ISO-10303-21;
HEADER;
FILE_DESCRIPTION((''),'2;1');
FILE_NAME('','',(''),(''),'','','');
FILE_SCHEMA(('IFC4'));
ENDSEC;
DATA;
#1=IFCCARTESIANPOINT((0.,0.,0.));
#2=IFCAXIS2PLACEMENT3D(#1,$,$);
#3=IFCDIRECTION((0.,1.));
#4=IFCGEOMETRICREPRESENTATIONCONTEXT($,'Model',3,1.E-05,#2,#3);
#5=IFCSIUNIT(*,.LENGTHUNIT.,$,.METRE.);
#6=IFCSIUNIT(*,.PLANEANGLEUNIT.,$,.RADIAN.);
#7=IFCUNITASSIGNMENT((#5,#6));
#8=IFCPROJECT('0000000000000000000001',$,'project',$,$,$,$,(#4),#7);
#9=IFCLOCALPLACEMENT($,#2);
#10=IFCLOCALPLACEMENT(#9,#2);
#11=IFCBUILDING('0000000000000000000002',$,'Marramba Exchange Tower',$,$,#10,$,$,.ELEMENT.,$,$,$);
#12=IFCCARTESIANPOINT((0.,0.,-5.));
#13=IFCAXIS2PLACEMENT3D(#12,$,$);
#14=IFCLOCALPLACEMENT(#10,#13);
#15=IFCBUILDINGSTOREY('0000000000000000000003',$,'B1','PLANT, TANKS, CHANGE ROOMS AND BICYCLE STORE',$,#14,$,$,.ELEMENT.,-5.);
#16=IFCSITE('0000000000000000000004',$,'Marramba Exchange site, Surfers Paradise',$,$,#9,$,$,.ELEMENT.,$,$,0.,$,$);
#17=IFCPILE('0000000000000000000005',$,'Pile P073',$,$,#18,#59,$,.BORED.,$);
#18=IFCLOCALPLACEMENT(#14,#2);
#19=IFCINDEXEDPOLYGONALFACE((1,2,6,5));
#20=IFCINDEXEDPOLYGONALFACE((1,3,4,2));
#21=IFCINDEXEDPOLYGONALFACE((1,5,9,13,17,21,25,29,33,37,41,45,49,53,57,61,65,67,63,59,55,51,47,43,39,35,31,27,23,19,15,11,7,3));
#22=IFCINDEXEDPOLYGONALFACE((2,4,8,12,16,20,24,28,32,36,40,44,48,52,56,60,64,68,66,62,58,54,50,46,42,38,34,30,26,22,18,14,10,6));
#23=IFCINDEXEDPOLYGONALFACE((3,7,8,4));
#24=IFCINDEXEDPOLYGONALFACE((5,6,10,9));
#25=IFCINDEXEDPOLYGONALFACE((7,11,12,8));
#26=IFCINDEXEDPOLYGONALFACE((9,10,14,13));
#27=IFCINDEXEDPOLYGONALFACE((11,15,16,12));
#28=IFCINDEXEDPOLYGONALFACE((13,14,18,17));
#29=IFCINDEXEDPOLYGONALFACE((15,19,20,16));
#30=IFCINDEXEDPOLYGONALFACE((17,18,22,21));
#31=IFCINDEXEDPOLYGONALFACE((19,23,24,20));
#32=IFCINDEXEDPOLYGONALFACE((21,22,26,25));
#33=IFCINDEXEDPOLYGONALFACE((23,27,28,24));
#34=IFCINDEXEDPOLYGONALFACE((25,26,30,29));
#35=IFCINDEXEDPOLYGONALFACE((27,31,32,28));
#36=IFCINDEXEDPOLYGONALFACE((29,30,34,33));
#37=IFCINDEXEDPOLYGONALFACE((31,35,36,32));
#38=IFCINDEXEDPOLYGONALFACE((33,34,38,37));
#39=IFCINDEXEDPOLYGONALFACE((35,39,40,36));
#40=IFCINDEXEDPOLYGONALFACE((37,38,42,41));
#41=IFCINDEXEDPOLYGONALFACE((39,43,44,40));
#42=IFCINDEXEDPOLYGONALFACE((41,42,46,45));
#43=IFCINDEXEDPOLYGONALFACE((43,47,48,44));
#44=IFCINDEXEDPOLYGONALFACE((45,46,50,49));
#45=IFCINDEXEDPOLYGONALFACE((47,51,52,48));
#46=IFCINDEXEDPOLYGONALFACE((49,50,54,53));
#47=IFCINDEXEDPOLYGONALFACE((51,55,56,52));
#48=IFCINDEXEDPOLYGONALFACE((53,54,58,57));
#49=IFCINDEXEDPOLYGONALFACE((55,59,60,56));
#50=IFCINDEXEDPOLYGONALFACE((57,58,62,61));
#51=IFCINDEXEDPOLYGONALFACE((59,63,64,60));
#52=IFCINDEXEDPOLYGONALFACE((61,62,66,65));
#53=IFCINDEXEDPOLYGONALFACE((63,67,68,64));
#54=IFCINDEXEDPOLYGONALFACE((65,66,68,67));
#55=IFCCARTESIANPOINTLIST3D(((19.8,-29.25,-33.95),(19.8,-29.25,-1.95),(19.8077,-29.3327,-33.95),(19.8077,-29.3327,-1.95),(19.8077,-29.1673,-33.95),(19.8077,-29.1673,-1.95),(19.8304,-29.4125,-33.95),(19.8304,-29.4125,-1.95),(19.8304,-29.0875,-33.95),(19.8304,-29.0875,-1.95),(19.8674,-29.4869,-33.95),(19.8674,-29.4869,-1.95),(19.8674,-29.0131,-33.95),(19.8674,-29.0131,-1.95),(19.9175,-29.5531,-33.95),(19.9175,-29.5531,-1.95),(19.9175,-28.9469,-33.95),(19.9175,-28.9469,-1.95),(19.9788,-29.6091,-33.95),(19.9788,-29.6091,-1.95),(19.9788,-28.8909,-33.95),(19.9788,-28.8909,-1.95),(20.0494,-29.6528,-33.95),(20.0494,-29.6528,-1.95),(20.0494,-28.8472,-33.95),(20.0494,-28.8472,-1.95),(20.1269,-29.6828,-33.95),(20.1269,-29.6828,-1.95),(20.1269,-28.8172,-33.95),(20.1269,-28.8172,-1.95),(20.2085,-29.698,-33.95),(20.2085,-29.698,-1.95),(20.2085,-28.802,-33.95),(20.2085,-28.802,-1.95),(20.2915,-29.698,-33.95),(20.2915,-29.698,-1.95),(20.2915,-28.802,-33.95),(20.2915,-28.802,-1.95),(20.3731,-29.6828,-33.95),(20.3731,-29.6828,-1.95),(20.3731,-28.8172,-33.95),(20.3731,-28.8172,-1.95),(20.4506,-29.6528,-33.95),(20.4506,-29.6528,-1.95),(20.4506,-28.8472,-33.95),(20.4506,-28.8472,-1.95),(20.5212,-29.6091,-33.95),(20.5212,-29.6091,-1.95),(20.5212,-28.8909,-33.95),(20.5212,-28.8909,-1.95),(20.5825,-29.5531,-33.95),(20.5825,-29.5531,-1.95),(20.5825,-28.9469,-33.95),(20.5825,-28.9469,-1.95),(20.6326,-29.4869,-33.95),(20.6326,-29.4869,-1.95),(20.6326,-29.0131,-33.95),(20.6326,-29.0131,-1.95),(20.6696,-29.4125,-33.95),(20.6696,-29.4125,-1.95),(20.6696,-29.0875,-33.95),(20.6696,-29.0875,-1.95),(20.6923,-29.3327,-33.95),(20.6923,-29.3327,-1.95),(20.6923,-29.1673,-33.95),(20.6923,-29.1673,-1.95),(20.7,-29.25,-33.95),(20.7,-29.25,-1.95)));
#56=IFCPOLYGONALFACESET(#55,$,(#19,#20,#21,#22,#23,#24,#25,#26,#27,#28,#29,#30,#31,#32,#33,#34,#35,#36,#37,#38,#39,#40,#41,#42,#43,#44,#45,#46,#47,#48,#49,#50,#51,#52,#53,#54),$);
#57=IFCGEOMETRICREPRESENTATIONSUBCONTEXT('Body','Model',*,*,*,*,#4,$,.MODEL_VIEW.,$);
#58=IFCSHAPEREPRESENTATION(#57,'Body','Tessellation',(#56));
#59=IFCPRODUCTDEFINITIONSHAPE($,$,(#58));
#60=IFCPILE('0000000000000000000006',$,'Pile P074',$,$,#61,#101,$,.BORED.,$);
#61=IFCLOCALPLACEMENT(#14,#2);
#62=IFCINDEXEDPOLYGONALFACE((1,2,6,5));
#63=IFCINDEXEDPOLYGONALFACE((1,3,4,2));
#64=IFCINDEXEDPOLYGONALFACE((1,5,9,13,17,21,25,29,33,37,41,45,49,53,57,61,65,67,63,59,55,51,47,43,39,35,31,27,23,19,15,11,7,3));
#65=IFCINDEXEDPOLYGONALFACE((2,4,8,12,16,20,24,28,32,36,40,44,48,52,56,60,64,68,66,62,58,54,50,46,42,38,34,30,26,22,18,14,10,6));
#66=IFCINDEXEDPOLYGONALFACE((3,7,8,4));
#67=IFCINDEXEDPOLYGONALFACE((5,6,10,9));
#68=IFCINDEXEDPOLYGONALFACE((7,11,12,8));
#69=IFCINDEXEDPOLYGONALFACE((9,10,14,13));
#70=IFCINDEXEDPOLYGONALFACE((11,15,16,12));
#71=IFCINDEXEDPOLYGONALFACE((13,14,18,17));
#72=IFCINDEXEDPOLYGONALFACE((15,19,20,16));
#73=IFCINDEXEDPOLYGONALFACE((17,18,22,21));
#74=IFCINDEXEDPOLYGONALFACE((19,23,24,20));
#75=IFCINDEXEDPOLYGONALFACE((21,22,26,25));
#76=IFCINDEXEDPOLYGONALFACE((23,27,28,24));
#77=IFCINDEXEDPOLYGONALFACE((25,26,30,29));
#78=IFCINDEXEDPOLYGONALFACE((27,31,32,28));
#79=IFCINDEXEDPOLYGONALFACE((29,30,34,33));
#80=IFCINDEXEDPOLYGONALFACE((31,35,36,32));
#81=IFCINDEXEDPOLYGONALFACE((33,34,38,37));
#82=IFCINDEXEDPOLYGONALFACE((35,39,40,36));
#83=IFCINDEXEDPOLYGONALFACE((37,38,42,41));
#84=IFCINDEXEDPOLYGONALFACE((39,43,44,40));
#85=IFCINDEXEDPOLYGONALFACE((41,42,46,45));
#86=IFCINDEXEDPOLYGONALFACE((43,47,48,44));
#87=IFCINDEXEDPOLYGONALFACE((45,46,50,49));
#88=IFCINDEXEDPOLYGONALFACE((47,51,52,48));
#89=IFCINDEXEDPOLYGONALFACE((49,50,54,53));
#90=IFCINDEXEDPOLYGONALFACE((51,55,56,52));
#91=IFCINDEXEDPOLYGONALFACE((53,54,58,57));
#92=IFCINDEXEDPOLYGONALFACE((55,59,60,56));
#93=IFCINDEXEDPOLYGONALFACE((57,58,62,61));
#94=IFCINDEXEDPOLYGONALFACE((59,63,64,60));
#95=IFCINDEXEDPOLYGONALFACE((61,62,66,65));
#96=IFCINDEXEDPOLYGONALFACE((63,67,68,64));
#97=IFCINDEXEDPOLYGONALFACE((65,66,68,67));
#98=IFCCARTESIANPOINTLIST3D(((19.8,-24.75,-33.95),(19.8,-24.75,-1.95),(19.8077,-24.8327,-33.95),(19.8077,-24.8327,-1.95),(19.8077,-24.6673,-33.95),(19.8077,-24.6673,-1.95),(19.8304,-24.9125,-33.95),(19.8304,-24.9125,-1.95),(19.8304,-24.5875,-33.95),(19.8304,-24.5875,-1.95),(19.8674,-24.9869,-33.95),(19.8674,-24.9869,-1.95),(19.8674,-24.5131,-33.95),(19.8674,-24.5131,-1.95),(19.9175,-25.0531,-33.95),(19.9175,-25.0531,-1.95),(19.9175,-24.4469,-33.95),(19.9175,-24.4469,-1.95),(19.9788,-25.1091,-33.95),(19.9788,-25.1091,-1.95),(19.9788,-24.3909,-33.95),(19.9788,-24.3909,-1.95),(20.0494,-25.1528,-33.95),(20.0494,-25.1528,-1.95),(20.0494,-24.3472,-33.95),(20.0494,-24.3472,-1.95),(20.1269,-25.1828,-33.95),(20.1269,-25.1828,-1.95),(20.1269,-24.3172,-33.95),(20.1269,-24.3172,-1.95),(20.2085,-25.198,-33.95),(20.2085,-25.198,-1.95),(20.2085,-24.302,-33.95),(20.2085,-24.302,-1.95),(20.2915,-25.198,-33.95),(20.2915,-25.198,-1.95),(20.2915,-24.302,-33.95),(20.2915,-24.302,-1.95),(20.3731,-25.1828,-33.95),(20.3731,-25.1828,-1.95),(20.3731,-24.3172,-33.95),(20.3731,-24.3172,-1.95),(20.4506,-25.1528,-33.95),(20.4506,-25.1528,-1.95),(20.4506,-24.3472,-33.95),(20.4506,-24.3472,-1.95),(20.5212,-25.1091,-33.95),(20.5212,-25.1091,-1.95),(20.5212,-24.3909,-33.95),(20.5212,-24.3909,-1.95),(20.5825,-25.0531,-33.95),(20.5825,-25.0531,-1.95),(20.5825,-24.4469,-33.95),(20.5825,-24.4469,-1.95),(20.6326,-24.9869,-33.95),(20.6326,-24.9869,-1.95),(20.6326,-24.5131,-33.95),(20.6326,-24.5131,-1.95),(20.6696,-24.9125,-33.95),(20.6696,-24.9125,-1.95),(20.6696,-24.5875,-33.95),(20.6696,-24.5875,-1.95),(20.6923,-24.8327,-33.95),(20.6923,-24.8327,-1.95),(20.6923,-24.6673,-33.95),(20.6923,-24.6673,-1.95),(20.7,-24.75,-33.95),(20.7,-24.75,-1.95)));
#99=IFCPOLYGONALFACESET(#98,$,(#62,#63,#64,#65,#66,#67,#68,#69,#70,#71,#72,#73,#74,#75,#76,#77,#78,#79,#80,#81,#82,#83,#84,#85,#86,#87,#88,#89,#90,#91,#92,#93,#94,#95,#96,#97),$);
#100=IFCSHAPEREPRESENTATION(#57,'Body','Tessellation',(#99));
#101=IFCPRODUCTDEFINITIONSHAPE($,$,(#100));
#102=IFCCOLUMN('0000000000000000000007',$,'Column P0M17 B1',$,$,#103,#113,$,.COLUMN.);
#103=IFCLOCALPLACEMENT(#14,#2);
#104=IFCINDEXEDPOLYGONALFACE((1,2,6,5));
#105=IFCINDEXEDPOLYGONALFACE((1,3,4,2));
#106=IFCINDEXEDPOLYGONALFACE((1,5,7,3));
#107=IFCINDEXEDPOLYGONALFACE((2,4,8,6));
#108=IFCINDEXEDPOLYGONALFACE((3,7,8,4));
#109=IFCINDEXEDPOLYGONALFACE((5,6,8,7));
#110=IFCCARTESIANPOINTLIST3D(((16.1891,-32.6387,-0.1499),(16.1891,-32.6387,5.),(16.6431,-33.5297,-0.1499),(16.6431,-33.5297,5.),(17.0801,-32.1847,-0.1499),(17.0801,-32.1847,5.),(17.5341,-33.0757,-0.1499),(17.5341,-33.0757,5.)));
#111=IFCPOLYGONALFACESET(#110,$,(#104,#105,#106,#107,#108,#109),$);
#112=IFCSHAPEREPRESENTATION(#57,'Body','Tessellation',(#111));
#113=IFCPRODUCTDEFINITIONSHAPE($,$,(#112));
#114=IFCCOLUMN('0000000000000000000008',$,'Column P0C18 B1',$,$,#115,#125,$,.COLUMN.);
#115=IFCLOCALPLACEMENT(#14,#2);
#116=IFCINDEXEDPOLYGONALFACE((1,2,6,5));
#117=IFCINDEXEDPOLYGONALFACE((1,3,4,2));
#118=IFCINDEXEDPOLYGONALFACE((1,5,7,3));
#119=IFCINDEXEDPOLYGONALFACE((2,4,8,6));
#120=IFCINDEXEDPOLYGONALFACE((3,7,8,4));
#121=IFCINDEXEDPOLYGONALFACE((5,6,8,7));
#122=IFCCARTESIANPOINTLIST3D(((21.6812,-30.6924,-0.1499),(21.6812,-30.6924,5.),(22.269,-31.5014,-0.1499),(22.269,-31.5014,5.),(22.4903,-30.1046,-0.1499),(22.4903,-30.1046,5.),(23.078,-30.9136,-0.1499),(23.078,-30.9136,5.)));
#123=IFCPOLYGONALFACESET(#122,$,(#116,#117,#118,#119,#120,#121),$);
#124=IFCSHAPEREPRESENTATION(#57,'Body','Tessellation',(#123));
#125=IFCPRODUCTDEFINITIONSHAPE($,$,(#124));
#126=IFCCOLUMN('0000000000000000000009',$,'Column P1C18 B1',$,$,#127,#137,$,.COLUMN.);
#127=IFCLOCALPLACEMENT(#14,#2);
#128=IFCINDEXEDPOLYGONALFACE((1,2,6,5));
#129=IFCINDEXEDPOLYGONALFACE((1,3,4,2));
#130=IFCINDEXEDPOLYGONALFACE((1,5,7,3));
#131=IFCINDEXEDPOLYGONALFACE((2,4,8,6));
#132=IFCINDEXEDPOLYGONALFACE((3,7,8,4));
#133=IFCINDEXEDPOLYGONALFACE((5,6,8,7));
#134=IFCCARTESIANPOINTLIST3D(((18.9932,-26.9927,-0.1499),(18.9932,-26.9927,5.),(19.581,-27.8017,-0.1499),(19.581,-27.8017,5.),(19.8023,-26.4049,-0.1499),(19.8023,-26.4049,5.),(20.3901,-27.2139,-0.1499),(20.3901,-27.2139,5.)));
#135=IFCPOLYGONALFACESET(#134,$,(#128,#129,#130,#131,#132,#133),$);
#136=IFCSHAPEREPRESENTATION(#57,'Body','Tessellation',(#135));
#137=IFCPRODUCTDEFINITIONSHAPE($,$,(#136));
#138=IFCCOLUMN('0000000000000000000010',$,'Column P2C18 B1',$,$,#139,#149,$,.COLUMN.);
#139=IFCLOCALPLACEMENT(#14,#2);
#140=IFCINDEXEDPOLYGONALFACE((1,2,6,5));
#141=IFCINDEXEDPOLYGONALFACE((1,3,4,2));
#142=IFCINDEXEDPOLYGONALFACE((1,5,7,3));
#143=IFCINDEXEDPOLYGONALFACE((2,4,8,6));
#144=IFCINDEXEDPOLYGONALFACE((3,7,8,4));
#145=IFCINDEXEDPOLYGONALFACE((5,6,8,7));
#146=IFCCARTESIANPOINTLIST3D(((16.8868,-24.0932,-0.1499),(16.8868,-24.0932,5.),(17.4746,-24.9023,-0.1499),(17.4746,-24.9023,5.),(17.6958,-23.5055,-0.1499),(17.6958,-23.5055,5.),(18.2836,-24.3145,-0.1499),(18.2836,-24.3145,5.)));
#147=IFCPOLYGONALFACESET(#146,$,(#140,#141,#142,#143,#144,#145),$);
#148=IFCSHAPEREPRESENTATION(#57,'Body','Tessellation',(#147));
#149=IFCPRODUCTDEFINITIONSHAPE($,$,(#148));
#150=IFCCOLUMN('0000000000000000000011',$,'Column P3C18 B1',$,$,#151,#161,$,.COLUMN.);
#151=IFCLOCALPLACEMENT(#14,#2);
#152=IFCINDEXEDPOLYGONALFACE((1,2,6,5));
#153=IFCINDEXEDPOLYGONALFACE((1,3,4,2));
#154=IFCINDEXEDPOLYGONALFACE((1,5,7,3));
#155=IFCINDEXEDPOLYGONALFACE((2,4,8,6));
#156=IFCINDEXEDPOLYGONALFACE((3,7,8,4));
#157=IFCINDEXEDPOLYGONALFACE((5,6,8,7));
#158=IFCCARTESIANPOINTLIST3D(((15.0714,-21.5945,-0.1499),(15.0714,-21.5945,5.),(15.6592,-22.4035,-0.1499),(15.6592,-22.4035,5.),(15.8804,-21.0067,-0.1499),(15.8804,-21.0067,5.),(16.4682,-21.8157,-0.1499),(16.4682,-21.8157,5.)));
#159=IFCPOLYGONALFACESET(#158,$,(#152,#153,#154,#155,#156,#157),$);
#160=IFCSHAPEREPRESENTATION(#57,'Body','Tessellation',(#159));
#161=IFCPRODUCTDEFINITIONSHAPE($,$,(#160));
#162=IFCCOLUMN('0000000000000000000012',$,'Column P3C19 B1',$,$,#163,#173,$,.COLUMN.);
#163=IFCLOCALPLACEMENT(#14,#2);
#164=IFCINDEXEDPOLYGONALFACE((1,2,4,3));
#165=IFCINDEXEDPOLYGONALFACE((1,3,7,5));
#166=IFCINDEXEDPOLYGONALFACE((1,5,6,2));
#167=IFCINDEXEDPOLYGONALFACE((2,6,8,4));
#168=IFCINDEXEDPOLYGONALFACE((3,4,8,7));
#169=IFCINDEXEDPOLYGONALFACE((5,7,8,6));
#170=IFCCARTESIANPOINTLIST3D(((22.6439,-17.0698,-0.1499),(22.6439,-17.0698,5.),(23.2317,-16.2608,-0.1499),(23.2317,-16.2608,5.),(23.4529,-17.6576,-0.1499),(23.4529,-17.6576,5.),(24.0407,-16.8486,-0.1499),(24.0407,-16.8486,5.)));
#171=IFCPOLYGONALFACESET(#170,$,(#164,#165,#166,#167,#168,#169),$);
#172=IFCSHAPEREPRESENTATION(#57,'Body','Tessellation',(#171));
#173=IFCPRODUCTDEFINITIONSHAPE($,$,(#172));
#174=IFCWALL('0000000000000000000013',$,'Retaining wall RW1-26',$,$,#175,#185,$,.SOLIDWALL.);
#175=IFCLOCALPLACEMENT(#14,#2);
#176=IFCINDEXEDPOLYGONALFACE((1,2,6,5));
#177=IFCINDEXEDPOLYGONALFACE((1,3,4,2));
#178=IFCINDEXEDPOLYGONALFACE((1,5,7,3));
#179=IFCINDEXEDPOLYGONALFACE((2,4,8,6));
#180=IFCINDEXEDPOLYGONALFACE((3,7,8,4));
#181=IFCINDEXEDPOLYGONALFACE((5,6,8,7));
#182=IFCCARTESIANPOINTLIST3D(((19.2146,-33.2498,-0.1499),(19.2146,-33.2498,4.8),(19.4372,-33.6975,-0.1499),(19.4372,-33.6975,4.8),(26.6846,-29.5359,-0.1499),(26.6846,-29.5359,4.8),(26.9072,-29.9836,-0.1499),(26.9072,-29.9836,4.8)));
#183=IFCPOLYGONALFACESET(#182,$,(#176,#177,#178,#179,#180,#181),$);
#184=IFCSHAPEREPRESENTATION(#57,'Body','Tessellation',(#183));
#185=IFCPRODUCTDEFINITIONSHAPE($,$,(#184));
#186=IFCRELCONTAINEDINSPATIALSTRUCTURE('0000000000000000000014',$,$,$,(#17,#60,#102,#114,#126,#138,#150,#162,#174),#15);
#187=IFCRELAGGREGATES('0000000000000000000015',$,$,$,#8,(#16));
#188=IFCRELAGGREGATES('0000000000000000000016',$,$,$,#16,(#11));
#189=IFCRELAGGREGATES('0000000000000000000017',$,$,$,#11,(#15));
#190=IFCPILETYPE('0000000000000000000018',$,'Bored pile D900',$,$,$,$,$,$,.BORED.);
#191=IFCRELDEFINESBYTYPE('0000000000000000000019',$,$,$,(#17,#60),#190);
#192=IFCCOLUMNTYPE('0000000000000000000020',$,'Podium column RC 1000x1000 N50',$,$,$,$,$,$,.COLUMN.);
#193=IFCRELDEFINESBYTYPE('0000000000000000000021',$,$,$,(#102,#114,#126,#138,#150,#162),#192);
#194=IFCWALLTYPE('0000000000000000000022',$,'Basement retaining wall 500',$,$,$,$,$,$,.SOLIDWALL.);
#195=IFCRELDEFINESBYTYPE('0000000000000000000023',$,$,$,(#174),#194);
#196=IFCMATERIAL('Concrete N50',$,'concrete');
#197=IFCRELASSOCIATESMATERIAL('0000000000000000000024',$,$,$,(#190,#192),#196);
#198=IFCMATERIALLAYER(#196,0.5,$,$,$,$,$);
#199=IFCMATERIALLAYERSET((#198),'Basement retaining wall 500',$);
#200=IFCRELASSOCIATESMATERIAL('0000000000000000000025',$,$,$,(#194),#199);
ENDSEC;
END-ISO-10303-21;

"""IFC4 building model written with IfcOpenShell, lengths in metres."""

from ifc_helpers import new_model, si_unit, direction, frame, frame_2d, origin, origin_2d, place, context, subcontext, project, spatial, rectangle, circle, extrude, material, layer, layer_set, material_profile, profile_set, type_object, element, save


model = new_model("IFC4")

# Units and contexts
model_context = context("Model", 3, precision=1e-05, world=origin(), true_north=direction((0.0, 1.0)))
body_context = subcontext(model_context, "Body", "Model", "MODEL_VIEW")
ifc_project = project(units=[si_unit("LENGTHUNIT", "METRE"), si_unit("PLANEANGLEUNIT", "RADIAN")], contexts=[model_context])

# Site, building, storey
site_placement = place(None, origin())
site = spatial("IfcSite", under=ifc_project, at=site_placement, Name="Marramba Exchange site, Surfers Paradise", CompositionType="ELEMENT", RefElevation=0.0)
building_placement = place(site_placement, origin())
building = spatial("IfcBuilding", under=site, at=building_placement, Name="Marramba Exchange Tower", CompositionType="ELEMENT")
storey_placement = place(building_placement, frame((0.0, 0.0, -5.0)))
storey = spatial("IfcBuildingStorey", under=building, at=storey_placement, Name="B1", Description="PLANT, TANKS, CHANGE ROOMS AND BICYCLE STORE", CompositionType="ELEMENT", Elevation=-5.0)

# Piles
ifc_material_1 = material(Name="Concrete N50", Category="concrete")
ifc_material_profile_1 = material_profile(ifc_material_1, circle(Radius=0.45, at=origin_2d()), Name="BP D900")
ifc_profile_set_1 = profile_set([ifc_material_profile_1], Name="Concrete N50")
pile_type_1 = type_object("IfcPileType", Name="Bored pile D900", PredefinedType="BORED", material=ifc_profile_set_1)
for number, where, z_axis, x_axis, name in (
    (1, (20.25, -29.25, -1.95), (0.0, 0.0, -1.0), (1.0, 0.0, 0.0), "Pile P073"),
    (2, (20.25, -24.75, -1.95), (0.0, 0.0, -1.0), (1.0, 0.0, 0.0), "Pile P074"),
):
    element("IfcPile", number, at=place(storey_placement, frame(where, z_axis=z_axis, x_axis=x_axis)), inside=storey, type_object=pile_type_1, Name=name, PredefinedType="BORED", context=body_context, shape_type="SweptSolid", body=[
        extrude(circle(Radius=0.45, at=origin_2d()), origin(), (0.0, 0.0, 1.0), 32.0),
    ])

# Columns
ifc_material_profile_2 = material_profile(ifc_material_1, rectangle(XDim=1.0, YDim=1.0, at=origin_2d()), Name="RC 1000x1000")
ifc_profile_set_2 = profile_set([ifc_material_profile_2], Name="Concrete N50")
column_type = type_object("IfcColumnType", Name="Podium column RC 1000x1000 N50", PredefinedType="COLUMN", material=ifc_profile_set_2)
for number, where, z_axis, x_axis, name in (
    (3, (16.8616, -32.8572, -0.1499), (0.0, 0.0, 1.0), (0.45399, -0.891007, 0.0), "Column P0M17 B1"),
    (4, (22.3796, -30.803, -0.1499), (0.0, 0.0, 1.0), (0.587785, -0.809017, 0.0), "Column P0C18 B1"),
    (5, (19.6917, -27.1033, -0.1499), (0.0, 0.0, 1.0), (0.587785, -0.809017, 0.0), "Column P1C18 B1"),
    (6, (17.5852, -24.2039, -0.1499), (0.0, 0.0, 1.0), (0.587785, -0.809017, 0.0), "Column P2C18 B1"),
    (7, (15.7698, -21.7051, -0.1499), (0.0, 0.0, 1.0), (0.587785, -0.809017, 0.0), "Column P3C18 B1"),
    (8, (23.3423, -16.9592, -0.1499), (0.0, 0.0, 1.0), (0.809017, -0.587785, 0.0), "Column P3C19 B1"),
):
    element("IfcColumn", number, at=place(storey_placement, frame(where, z_axis=z_axis, x_axis=x_axis)), inside=storey, type_object=column_type, Name=name, PredefinedType="COLUMN", context=body_context, shape_type="SweptSolid", body=[
        extrude(rectangle(XDim=1.0, YDim=1.0, at=origin_2d()), origin(), (0.0, 0.0, 1.0), 5.1499),
    ])

# Wall
ifc_layer_1 = layer(ifc_material_1, 0.5)
ifc_layer_set_1 = layer_set([ifc_layer_1], Name="Basement retaining wall 500")
wall_type_1 = type_object("IfcWallType", Name="Basement retaining wall 500", PredefinedType="SOLIDWALL", material=ifc_layer_set_1)
wall_1_placement = place(storey_placement, frame((19.3259, -33.4736, -0.1499), z_axis=(0.0, 0.0, 1.0), x_axis=(0.895437, 0.445187, 0.0)))
element("IfcWall", 9, at=wall_1_placement, inside=storey, type_object=wall_type_1, Name="Retaining wall RW1-26", PredefinedType="SOLIDWALL", context=body_context, shape_type="SweptSolid", body=[
    extrude(rectangle(XDim=8.3423, YDim=0.5, at=frame_2d((4.1711, 0.0))), origin(), (0.0, 0.0, 1.0), 4.95),
])

save(model, "model.ifc")
